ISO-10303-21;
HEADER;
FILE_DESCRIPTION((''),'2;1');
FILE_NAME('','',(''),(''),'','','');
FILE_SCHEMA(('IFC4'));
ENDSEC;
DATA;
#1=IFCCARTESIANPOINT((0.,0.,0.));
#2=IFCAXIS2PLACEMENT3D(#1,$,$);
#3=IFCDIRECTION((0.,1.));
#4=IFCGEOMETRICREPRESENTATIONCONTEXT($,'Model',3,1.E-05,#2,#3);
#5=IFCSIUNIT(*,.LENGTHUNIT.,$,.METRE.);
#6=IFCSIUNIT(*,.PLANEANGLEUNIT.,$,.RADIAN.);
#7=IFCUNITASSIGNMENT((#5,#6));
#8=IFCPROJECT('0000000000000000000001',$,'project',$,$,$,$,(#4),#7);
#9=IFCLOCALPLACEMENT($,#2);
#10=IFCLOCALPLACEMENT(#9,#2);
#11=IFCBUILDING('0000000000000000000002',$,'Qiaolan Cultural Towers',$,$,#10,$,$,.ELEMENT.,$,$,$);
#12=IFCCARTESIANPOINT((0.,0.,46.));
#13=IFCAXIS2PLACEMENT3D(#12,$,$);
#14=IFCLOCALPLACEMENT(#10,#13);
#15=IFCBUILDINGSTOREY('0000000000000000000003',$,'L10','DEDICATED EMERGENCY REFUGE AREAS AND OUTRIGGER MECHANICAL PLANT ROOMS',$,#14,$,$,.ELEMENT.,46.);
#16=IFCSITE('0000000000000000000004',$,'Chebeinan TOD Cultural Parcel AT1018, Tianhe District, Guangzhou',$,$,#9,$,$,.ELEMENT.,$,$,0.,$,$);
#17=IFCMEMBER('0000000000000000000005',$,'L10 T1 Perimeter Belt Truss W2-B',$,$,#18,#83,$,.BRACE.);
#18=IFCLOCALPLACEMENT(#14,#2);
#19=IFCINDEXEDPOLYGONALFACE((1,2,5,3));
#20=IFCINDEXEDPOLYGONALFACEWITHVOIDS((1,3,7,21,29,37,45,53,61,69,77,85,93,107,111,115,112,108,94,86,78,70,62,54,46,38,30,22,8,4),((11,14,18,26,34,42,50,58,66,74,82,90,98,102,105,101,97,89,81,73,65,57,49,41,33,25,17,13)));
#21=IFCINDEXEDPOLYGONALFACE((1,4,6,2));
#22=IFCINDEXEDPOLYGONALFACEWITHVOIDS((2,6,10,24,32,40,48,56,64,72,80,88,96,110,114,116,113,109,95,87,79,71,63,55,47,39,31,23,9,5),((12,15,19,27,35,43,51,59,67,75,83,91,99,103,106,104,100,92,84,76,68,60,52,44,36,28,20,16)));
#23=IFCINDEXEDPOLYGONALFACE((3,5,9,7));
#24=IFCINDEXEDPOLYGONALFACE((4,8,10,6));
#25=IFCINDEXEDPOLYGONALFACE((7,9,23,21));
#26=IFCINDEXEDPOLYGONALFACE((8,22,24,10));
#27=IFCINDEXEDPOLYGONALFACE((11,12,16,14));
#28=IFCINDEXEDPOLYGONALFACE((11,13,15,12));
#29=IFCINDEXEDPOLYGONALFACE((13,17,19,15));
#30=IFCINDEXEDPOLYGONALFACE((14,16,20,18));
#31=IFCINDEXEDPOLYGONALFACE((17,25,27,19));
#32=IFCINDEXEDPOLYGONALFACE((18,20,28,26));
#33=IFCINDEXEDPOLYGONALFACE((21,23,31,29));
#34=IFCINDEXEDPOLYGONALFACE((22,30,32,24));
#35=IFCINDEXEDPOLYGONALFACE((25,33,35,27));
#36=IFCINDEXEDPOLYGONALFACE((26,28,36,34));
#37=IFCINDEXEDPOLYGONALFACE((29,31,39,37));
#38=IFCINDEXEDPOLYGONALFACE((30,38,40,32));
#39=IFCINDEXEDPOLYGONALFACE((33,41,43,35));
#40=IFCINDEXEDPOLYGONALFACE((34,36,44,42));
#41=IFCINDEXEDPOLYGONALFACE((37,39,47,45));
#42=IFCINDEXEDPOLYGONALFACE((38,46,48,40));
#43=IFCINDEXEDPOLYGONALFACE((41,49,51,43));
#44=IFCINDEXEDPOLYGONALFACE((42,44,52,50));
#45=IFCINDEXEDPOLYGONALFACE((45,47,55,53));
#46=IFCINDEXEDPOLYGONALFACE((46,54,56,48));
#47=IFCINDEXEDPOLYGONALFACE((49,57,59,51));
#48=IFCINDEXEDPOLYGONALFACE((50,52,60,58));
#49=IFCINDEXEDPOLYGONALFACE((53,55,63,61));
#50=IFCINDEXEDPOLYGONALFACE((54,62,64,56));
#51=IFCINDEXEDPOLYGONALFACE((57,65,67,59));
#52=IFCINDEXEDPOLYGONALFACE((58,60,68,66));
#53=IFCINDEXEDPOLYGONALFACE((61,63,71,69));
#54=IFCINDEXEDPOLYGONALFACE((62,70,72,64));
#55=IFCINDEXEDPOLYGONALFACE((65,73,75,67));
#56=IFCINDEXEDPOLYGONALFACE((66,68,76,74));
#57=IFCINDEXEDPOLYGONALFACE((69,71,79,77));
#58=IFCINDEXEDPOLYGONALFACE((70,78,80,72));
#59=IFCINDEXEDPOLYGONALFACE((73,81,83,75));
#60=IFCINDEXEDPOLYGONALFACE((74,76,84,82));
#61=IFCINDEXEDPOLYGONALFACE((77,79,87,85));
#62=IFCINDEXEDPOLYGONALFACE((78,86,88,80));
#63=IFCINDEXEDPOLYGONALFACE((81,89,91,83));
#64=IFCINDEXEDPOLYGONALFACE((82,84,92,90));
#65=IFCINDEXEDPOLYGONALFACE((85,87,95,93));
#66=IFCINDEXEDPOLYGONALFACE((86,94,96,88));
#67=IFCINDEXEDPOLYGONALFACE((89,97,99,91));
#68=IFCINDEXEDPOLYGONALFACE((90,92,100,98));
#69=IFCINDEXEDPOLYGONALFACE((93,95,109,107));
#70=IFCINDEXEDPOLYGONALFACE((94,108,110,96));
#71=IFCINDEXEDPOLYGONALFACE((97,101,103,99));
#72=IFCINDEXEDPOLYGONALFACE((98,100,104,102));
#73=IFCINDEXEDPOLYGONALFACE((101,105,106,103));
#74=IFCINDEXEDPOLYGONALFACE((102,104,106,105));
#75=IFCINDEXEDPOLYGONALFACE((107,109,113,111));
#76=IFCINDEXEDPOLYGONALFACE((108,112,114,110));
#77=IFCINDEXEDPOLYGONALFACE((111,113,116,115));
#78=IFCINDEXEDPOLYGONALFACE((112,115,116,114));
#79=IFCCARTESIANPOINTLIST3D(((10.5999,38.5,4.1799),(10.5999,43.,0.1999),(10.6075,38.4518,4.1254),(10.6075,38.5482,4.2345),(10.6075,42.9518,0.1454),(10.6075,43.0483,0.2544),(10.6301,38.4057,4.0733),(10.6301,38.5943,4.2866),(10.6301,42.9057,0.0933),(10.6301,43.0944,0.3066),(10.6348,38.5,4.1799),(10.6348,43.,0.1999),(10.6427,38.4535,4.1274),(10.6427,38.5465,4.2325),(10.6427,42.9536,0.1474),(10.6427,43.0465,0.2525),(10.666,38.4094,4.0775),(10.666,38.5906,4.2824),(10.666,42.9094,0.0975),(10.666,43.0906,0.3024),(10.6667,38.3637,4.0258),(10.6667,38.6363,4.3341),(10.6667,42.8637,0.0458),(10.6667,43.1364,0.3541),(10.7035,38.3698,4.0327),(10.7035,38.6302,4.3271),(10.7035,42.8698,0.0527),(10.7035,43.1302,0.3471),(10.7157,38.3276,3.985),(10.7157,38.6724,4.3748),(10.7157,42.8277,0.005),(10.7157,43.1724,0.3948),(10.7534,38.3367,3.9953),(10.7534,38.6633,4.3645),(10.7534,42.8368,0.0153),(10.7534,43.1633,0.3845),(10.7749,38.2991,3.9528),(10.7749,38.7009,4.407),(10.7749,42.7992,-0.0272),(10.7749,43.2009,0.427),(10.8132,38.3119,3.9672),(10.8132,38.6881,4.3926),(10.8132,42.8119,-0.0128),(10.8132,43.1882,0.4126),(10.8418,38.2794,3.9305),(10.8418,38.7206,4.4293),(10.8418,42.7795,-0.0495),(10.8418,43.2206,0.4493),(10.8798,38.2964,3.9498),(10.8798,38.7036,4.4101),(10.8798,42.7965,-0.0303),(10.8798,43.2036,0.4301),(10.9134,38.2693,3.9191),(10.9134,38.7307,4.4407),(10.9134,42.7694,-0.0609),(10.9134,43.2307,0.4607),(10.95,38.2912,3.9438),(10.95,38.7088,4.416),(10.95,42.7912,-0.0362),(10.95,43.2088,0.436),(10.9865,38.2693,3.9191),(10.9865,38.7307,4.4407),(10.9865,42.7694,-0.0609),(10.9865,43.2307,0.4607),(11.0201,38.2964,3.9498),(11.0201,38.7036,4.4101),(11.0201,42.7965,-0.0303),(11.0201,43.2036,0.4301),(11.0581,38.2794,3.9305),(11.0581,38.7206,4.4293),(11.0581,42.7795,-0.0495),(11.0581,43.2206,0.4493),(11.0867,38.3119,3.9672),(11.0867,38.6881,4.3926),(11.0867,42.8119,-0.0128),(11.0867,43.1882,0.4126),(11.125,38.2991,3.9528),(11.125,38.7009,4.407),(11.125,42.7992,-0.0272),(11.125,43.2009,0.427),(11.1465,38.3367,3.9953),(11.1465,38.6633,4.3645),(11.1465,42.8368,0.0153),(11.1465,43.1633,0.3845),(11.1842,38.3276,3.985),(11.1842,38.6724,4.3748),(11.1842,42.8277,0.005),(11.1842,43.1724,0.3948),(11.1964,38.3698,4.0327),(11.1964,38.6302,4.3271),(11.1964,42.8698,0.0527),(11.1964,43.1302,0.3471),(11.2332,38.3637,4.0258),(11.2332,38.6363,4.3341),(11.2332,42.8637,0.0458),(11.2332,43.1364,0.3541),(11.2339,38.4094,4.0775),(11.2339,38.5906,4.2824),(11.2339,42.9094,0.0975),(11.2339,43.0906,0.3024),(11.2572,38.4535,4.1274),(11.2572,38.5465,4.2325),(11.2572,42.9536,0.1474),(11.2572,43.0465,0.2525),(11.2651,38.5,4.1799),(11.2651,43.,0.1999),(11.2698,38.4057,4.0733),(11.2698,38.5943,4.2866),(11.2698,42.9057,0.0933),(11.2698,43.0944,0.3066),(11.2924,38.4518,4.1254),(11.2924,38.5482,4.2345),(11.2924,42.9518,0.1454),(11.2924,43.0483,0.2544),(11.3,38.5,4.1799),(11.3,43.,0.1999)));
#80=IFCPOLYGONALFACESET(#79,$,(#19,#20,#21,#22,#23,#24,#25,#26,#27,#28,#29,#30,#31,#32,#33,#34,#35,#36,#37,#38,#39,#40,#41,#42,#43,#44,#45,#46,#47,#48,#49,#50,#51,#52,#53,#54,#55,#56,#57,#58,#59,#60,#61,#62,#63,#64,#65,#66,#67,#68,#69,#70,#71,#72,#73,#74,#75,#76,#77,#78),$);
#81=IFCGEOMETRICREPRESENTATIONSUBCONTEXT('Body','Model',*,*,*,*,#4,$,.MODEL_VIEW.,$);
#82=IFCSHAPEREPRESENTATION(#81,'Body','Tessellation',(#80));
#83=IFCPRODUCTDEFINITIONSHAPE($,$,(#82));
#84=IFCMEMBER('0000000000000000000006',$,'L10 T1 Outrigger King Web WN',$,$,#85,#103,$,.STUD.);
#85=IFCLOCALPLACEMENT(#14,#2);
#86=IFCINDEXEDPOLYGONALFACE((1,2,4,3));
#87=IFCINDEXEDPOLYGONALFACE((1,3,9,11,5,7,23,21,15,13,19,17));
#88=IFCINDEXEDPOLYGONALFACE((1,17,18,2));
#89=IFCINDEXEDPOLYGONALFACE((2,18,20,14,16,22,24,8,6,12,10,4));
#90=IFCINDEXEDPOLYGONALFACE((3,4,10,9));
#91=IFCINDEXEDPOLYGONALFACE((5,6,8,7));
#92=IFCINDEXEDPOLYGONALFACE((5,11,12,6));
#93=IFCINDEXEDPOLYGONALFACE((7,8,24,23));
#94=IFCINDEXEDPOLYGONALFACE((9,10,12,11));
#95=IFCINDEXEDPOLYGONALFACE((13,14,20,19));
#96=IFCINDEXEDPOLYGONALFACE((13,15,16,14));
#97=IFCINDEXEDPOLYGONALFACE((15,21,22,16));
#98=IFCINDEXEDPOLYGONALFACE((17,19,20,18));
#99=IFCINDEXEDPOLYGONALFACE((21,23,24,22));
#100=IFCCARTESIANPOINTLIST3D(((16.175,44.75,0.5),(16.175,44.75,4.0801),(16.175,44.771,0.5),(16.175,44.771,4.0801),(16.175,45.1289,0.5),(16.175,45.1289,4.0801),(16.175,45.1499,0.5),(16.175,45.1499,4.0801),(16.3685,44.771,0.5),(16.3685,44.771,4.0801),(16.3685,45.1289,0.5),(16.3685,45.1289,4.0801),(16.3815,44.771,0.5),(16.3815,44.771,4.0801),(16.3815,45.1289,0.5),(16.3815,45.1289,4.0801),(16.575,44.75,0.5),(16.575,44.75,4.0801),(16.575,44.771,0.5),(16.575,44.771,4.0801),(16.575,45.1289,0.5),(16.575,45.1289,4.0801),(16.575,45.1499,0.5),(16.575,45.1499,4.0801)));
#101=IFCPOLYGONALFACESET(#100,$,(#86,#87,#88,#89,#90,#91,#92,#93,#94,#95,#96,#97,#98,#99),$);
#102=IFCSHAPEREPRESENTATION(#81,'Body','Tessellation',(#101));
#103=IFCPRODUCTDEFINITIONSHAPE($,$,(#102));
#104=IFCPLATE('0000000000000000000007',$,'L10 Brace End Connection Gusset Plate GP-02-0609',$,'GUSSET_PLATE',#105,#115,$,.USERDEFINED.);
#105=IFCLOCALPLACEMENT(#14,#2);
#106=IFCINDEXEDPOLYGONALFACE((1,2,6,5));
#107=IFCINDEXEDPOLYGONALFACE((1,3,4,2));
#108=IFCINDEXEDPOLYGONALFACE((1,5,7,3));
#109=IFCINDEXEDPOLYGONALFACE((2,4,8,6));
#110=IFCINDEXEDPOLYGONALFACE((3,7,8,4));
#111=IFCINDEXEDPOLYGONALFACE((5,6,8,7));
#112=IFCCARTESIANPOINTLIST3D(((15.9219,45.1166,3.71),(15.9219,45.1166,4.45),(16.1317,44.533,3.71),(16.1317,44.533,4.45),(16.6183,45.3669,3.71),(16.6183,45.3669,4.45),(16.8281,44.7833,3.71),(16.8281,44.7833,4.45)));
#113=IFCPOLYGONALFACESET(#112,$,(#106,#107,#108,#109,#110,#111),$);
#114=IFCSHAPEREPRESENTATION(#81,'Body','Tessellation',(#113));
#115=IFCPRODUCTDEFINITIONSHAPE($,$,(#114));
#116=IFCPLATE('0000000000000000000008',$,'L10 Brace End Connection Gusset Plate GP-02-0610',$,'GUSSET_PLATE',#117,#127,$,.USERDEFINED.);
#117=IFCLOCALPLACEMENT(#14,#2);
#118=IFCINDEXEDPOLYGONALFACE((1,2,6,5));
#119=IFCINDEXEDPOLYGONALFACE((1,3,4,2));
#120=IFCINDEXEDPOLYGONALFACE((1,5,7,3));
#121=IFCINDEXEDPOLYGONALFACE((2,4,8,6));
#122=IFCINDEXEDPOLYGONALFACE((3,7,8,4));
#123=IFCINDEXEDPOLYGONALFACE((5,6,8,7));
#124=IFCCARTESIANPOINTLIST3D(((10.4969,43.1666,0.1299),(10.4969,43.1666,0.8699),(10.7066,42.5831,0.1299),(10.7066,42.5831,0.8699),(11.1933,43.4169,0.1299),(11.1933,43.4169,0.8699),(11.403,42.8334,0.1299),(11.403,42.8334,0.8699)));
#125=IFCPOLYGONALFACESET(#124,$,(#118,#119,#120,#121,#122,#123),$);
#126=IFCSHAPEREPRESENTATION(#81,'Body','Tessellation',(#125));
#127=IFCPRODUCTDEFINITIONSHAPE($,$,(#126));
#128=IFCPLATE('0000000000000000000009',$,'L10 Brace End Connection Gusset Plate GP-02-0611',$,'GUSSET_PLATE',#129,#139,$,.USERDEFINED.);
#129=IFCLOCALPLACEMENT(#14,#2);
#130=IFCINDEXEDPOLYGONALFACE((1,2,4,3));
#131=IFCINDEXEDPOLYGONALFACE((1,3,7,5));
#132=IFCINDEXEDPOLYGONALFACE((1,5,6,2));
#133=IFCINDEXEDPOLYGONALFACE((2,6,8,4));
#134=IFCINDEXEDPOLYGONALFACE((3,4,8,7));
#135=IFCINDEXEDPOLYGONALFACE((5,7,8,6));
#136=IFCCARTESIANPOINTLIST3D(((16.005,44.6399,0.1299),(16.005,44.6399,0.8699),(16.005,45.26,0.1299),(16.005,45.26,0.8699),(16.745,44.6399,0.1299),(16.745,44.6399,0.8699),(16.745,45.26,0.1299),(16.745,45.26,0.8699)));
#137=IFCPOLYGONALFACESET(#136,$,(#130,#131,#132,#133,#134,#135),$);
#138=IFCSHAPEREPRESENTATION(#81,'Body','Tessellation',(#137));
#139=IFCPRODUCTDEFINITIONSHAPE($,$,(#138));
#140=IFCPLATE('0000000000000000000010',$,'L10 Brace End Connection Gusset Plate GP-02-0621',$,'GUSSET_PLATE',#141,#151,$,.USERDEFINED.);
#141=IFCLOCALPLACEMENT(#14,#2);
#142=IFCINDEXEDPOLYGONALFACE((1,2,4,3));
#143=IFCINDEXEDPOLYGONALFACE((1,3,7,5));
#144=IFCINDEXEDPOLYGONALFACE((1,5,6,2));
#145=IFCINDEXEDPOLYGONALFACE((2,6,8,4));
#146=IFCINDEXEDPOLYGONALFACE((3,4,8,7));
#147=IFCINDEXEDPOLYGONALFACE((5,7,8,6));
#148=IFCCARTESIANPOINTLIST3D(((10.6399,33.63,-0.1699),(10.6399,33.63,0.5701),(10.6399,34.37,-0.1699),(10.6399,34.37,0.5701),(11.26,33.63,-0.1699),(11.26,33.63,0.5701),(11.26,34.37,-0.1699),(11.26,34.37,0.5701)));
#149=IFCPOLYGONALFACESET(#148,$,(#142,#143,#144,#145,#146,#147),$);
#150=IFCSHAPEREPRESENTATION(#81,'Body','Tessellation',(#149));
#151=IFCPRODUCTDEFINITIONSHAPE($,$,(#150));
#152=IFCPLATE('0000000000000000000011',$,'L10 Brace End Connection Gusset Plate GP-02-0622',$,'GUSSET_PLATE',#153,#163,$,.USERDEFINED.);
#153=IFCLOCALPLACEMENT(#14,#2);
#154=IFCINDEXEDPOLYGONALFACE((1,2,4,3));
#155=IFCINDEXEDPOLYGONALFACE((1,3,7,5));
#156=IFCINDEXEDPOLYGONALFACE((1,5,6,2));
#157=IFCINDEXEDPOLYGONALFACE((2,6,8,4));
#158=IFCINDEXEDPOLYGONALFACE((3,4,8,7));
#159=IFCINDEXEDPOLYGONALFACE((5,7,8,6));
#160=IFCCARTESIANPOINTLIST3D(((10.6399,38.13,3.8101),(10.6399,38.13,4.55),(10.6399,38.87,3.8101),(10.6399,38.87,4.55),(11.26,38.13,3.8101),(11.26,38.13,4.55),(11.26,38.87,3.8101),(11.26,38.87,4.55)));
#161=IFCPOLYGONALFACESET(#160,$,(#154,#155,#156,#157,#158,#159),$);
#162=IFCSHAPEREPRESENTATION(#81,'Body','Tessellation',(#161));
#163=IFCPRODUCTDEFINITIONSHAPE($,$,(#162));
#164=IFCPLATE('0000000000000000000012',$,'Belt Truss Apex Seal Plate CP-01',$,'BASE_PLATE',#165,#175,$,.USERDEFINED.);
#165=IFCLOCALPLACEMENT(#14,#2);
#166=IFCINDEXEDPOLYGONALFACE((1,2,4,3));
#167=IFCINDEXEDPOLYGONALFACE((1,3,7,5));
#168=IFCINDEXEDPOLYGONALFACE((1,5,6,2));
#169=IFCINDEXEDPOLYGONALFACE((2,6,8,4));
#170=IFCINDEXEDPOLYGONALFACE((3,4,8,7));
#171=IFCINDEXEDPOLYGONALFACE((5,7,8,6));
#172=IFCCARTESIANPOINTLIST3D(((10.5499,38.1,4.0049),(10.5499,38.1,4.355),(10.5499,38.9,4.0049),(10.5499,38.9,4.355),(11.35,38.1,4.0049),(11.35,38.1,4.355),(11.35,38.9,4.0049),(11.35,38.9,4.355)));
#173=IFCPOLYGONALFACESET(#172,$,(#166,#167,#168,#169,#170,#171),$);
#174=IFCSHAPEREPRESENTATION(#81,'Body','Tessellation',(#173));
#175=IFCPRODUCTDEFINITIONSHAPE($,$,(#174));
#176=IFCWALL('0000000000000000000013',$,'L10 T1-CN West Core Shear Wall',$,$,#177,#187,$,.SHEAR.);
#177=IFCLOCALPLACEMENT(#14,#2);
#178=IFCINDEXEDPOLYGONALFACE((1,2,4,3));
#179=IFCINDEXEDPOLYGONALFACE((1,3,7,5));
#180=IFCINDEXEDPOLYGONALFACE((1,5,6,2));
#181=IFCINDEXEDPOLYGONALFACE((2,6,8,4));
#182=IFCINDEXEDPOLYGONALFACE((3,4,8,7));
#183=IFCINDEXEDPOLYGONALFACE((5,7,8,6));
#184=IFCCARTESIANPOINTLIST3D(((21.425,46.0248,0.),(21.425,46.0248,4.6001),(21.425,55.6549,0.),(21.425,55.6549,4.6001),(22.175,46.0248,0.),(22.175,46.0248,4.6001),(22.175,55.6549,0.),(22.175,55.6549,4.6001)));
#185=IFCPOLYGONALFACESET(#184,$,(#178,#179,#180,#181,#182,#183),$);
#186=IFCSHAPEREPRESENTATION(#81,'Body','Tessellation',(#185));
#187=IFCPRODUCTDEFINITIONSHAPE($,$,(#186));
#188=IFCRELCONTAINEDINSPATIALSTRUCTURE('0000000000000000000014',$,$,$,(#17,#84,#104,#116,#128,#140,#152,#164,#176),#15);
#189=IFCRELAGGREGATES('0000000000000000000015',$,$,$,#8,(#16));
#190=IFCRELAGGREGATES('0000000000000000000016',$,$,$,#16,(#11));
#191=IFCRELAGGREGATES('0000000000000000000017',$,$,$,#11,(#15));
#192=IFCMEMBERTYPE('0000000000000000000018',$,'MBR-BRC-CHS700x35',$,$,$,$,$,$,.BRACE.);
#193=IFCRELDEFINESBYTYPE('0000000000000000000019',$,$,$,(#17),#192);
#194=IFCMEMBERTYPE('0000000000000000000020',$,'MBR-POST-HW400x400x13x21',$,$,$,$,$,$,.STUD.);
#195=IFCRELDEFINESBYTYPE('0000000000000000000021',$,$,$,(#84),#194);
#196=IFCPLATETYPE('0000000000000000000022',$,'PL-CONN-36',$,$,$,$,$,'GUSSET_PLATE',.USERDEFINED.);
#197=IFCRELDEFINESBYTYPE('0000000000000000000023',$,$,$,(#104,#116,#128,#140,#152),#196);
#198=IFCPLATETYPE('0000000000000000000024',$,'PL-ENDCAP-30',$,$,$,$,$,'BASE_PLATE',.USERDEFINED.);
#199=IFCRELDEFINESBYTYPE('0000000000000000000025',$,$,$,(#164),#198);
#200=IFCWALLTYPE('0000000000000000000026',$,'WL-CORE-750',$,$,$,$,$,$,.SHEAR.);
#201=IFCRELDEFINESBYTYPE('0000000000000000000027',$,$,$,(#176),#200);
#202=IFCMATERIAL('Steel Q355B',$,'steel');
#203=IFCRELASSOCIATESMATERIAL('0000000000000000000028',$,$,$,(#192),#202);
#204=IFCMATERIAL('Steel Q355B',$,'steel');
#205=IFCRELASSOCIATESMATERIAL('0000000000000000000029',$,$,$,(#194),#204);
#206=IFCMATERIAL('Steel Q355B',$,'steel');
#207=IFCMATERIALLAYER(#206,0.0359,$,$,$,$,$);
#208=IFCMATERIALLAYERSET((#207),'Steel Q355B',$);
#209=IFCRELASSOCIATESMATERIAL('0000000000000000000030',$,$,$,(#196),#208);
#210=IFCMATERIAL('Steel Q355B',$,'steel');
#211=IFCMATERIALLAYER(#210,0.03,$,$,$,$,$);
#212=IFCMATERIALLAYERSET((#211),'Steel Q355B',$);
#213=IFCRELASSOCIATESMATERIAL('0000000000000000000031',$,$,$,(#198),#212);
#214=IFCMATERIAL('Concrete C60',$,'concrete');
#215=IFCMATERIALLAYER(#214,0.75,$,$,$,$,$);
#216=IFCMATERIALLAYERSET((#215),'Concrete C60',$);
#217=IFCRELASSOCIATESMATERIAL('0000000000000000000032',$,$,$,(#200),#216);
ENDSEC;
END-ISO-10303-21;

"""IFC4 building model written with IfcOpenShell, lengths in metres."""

from ifc_helpers import new_model, si_unit, direction, frame, frame_2d, origin, origin_2d, place, context, subcontext, project, spatial, rectangle, hollow_circle, i_section, extrude, material, layer, layer_set, material_profile, profile_set, type_object, element, save


model = new_model("IFC4")

# Units and contexts
model_context = context("Model", 3, precision=1e-05, world=origin(), true_north=direction((0.0, 1.0)))
body_context = subcontext(model_context, "Body", "Model", "MODEL_VIEW")
ifc_project = project(units=[si_unit("LENGTHUNIT", "METRE"), si_unit("PLANEANGLEUNIT", "RADIAN")], contexts=[model_context])

# Site, building, storey
site_placement = place(None, origin())
site = spatial("IfcSite", under=ifc_project, at=site_placement, Name="Chebeinan TOD Cultural Parcel AT1018, Tianhe District, Guangzhou", CompositionType="ELEMENT", RefElevation=0.0)
building_placement = place(site_placement, origin())
building = spatial("IfcBuilding", under=site, at=building_placement, Name="Qiaolan Cultural Towers", CompositionType="ELEMENT")
storey_placement = place(building_placement, frame((0.0, 0.0, 46.0)))
storey = spatial("IfcBuildingStorey", under=building, at=storey_placement, Name="L10", Description="DEDICATED EMERGENCY REFUGE AREAS AND OUTRIGGER MECHANICAL PLANT ROOMS", CompositionType="ELEMENT", Elevation=46.0)

# Members
ifc_material_1 = material(Name="Steel Q355B", Category="steel")
ifc_material_profile_1 = material_profile(ifc_material_1, hollow_circle(Radius=0.3501, WallThickness=0.0349, at=origin_2d()), Name="CHS700x35")
ifc_profile_set_1 = profile_set([ifc_material_profile_1], Name="Steel Q355B")
member_type_1 = type_object("IfcMemberType", Name="MBR-BRC-CHS700x35", PredefinedType="BRACE", material=ifc_profile_set_1)
for number, where, z_axis, x_axis, name in (
    (1, (10.95, 38.5, 4.1799), (0.0, 0.749062, -0.6625), (-1.0, 0.0, 0.0), "L10 T1 Perimeter Belt Truss W2-B"),
):
    element("IfcMember", number, at=place(storey_placement, frame(where, z_axis=z_axis, x_axis=x_axis)), inside=storey, type_object=member_type_1, Name=name, PredefinedType="BRACE", context=body_context, shape_type="SweptSolid", body=[
        extrude(hollow_circle(Radius=0.3501, WallThickness=0.0349, at=origin_2d()), origin(), (0.0, 0.0, 1.0), 6.0076),
    ])
ifc_material_2 = material(Name="Steel Q355B", Category="steel")
ifc_material_profile_2 = material_profile(ifc_material_2, i_section(OverallWidth=0.3999, OverallDepth=0.3999, WebThickness=0.0129, FlangeThickness=0.021, at=origin_2d()), Name="HW400x400x13x21")
ifc_profile_set_2 = profile_set([ifc_material_profile_2], Name="Steel Q355B")
member_type_2 = type_object("IfcMemberType", Name="MBR-POST-HW400x400x13x21", PredefinedType="STUD", material=ifc_profile_set_2)
member_1_placement = place(storey_placement, frame((16.375, 44.95, 0.5), z_axis=(0.0, 0.0, 1.0), x_axis=(1.0, 0.0, 0.0)))
element("IfcMember", 2, at=member_1_placement, inside=storey, type_object=member_type_2, Name="L10 T1 Outrigger King Web WN", PredefinedType="STUD", context=body_context, shape_type="SweptSolid", body=[
    extrude(i_section(OverallWidth=0.3999, OverallDepth=0.3999, WebThickness=0.0129, FlangeThickness=0.021, at=origin_2d()), origin(), (0.0, 0.0, 1.0), 3.5801),
])

# Plates
ifc_material_3 = material(Name="Steel Q355B", Category="steel")
ifc_layer_1 = layer(ifc_material_3, 0.0359)
ifc_layer_set_1 = layer_set([ifc_layer_1], Name="Steel Q355B")
plate_type_1 = type_object("IfcPlateType", Name="PL-CONN-36", ElementType="GUSSET_PLATE", PredefinedType="USERDEFINED", material=ifc_layer_set_1)
for number, where, z_axis, x_axis, name in (
    (3, (16.375, 44.95, 3.71), (0.0, 0.0, 1.0), (0.941053, 0.338259, 0.0), "L10 Brace End Connection Gusset Plate GP-02-0609"),
    (4, (10.95, 43.0, 0.1299), (0.0, 0.0, 1.0), (0.941053, 0.338259, 0.0), "L10 Brace End Connection Gusset Plate GP-02-0610"),
    (5, (16.375, 44.95, 0.1299), (0.0, 0.0, 1.0), (1.0, 0.0, 0.0), "L10 Brace End Connection Gusset Plate GP-02-0611"),
    (6, (10.95, 34.0, -0.1699), (0.0, 0.0, 1.0), (0.0, 1.0, 0.0), "L10 Brace End Connection Gusset Plate GP-02-0621"),
    (7, (10.95, 38.5, 3.8101), (0.0, 0.0, 1.0), (0.0, 1.0, 0.0), "L10 Brace End Connection Gusset Plate GP-02-0622"),
):
    element("IfcPlate", number, at=place(storey_placement, frame(where, z_axis=z_axis, x_axis=x_axis)), inside=storey, type_object=plate_type_1, Name=name, ObjectType="GUSSET_PLATE", PredefinedType="USERDEFINED", context=body_context, shape_type="SweptSolid", body=[
        extrude(rectangle(XDim=0.74, YDim=0.6201, at=origin_2d()), origin(), (0.0, 0.0, 1.0), 0.74),
    ])
ifc_material_4 = material(Name="Steel Q355B", Category="steel")
ifc_layer_2 = layer(ifc_material_4, 0.03)
ifc_layer_set_2 = layer_set([ifc_layer_2], Name="Steel Q355B")
plate_type_2 = type_object("IfcPlateType", Name="PL-ENDCAP-30", ElementType="BASE_PLATE", PredefinedType="USERDEFINED", material=ifc_layer_set_2)
plate_placement = place(storey_placement, frame((10.95, 38.5, 4.0049), z_axis=(0.0, 0.0, 1.0), x_axis=(1.0, 0.0, 0.0)))
element("IfcPlate", 8, at=plate_placement, inside=storey, type_object=plate_type_2, Name="Belt Truss Apex Seal Plate CP-01", ObjectType="BASE_PLATE", PredefinedType="USERDEFINED", context=body_context, shape_type="SweptSolid", body=[
    extrude(rectangle(XDim=0.8, YDim=0.8, at=origin_2d()), origin(), (0.0, 0.0, 1.0), 0.3501),
])

# Wall
ifc_material_5 = material(Name="Concrete C60", Category="concrete")
ifc_layer_3 = layer(ifc_material_5, 0.75)
ifc_layer_set_3 = layer_set([ifc_layer_3], Name="Concrete C60")
wall_type_1 = type_object("IfcWallType", Name="WL-CORE-750", PredefinedType="SHEAR", material=ifc_layer_set_3)
wall_1_placement = place(storey_placement, frame((21.8, 46.0249, 0.0), z_axis=(0.0, 0.0, 1.0), x_axis=(0.0, 1.0, 0.0)))
element("IfcWall", 9, at=wall_1_placement, inside=storey, type_object=wall_type_1, Name="L10 T1-CN West Core Shear Wall", PredefinedType="SHEAR", context=body_context, shape_type="SweptSolid", body=[
    extrude(rectangle(XDim=9.6301, YDim=0.75, at=frame_2d((4.8149, 0.0))), origin(), (0.0, 0.0, 1.0), 4.6001),
])

save(model, "model.ifc")
